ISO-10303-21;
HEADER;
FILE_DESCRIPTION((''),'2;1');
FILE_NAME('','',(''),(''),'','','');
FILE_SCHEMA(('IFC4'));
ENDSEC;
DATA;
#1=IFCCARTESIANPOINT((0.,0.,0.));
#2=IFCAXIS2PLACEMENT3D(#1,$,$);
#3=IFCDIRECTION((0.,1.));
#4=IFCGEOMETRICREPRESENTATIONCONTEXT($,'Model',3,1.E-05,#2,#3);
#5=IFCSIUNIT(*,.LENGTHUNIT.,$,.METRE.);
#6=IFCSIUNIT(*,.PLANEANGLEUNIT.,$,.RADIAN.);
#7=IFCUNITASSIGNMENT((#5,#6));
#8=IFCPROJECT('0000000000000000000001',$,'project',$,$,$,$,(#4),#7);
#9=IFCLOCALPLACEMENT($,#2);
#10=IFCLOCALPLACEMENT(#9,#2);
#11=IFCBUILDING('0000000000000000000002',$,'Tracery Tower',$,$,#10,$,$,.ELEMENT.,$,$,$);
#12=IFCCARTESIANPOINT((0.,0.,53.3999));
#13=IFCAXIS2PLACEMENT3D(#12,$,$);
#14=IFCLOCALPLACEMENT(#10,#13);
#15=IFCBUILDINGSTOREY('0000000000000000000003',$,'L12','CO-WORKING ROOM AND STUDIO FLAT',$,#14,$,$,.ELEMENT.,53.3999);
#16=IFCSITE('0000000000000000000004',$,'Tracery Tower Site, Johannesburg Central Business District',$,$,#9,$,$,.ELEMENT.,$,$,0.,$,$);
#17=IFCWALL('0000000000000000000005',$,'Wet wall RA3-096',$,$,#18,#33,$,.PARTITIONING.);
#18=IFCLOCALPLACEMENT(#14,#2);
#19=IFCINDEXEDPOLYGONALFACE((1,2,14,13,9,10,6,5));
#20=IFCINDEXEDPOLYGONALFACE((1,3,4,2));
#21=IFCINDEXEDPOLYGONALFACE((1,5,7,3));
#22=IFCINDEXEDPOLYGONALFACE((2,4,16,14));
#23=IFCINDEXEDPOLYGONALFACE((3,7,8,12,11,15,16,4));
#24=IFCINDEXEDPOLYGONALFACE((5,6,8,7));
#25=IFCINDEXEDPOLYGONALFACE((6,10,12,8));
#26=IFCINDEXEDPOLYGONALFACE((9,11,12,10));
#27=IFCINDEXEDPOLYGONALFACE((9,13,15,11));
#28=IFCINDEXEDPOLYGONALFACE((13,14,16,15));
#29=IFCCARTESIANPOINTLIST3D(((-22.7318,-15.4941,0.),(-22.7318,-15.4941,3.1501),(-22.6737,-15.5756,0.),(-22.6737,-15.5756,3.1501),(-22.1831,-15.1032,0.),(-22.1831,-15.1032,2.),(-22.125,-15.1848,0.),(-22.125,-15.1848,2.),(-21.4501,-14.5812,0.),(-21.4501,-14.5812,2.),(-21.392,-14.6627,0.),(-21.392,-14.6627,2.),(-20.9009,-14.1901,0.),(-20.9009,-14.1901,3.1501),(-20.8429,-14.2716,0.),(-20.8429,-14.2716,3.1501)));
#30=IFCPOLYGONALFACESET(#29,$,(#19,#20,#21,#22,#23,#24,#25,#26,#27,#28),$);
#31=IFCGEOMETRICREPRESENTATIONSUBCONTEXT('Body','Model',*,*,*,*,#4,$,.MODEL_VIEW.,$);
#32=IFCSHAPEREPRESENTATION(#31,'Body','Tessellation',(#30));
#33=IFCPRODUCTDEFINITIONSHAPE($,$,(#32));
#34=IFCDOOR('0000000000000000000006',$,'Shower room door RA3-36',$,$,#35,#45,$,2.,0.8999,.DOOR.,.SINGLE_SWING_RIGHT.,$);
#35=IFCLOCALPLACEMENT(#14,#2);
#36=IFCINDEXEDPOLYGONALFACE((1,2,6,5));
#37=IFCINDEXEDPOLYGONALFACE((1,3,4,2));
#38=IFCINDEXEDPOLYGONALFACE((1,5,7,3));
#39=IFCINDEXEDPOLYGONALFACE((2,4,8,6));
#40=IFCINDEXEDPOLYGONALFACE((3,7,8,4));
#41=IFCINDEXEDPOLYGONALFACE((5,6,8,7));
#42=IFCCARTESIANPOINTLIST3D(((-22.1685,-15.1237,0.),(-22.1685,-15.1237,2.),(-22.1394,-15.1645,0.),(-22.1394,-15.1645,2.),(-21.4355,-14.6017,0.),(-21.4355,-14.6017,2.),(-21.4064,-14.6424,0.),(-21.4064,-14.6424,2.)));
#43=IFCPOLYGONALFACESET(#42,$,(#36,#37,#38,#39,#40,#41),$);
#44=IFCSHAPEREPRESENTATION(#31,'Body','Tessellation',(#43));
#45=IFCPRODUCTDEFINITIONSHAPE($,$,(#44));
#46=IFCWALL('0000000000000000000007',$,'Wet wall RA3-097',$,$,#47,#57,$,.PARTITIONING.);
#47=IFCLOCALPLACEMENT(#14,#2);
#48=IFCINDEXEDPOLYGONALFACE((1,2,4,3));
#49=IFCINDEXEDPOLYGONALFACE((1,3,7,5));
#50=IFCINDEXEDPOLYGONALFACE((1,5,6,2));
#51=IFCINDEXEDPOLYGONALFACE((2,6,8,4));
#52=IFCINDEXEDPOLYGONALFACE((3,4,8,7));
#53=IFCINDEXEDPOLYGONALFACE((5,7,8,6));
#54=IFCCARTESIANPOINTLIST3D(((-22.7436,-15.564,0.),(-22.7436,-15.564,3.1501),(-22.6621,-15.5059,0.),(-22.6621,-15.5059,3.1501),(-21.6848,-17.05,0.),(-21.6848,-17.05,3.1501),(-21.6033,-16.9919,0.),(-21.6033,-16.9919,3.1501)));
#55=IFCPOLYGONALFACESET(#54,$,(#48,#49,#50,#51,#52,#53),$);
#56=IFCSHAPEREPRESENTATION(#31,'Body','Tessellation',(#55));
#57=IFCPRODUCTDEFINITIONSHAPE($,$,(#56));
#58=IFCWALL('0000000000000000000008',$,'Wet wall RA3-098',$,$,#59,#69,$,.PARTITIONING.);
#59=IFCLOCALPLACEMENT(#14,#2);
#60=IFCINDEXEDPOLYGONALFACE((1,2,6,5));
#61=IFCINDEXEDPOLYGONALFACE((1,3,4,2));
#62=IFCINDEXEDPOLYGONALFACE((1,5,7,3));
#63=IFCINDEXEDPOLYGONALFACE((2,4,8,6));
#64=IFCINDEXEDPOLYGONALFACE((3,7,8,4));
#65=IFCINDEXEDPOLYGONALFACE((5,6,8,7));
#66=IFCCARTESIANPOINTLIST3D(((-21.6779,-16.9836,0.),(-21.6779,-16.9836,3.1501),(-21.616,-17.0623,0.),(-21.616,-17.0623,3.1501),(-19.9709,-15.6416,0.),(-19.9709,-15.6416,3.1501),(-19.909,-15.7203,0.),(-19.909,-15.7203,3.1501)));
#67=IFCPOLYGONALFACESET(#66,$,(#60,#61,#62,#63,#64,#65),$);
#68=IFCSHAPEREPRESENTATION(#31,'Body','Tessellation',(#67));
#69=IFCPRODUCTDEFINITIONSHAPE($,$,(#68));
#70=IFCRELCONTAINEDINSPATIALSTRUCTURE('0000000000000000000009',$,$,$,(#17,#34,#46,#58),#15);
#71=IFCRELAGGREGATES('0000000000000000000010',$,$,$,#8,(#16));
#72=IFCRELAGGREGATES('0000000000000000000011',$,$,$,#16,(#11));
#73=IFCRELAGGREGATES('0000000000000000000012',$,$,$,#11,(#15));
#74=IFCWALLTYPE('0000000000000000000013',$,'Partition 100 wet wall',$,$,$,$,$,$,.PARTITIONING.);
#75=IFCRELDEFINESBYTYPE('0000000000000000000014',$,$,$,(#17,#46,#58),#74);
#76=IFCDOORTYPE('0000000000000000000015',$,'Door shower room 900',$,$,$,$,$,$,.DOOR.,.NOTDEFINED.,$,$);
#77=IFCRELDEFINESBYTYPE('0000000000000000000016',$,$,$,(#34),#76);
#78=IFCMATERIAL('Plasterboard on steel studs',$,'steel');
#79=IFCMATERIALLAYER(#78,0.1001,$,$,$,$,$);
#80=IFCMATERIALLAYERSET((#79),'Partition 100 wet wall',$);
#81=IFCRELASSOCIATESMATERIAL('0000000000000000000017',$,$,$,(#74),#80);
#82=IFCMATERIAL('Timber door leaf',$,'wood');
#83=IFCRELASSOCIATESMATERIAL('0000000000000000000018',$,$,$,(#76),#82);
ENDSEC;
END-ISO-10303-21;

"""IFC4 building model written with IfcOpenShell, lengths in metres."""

from ifc_helpers import new_model, si_unit, direction, frame, frame_2d, origin, place, context, subcontext, project, spatial, rectangle, extrude, material, layer, layer_set, type_object, element, fill, save


model = new_model("IFC4")

# Units and contexts
model_context = context("Model", 3, precision=1e-05, world=origin(), true_north=direction((0.0, 1.0)))
body_context = subcontext(model_context, "Body", "Model", "MODEL_VIEW")
ifc_project = project(units=[si_unit("LENGTHUNIT", "METRE"), si_unit("PLANEANGLEUNIT", "RADIAN")], contexts=[model_context])

# Site, building, storey
site_placement = place(None, origin())
site = spatial("IfcSite", under=ifc_project, at=site_placement, Name="Tracery Tower Site, Johannesburg Central Business District", CompositionType="ELEMENT", RefElevation=0.0)
building_placement = place(site_placement, origin())
building = spatial("IfcBuilding", under=site, at=building_placement, Name="Tracery Tower", CompositionType="ELEMENT")
storey_placement = place(building_placement, frame((0.0, 0.0, 53.3999)))
storey = spatial("IfcBuildingStorey", under=building, at=storey_placement, Name="L12", Description="CO-WORKING ROOM AND STUDIO FLAT", CompositionType="ELEMENT", Elevation=53.3999)

# Wall, opening, door
ifc_material_1 = material(Name="Plasterboard on steel studs", Category="steel")
ifc_layer_1 = layer(ifc_material_1, 0.1001)
ifc_layer_set_1 = layer_set([ifc_layer_1], Name="Partition 100 wet wall")
wall_type_1 = type_object("IfcWallType", Name="Partition 100 wet wall", PredefinedType="PARTITIONING", material=ifc_layer_set_1)
wall_1_placement = place(storey_placement, frame((-22.7029, -15.5349, 0.0), z_axis=(0.0, 0.0, 1.0), x_axis=(0.814525, 0.580128, 0.0)))
wall_1 = element("IfcWall", 1, at=wall_1_placement, inside=storey, type_object=wall_type_1, Name="Wet wall RA3-096", PredefinedType="PARTITIONING", context=body_context, shape_type="SweptSolid", body=[
    extrude(rectangle(XDim=2.2478, YDim=0.1001, at=frame_2d((1.124, 0.0))), origin(), (0.0, 0.0, 1.0), 3.1501),
])
opening_1_placement = place(wall_1_placement, frame((0.6738, 0.0, 0.0)))
opening_1 = element("IfcOpeningElement", 2, at=opening_1_placement, cuts=wall_1, PredefinedType="OPENING", context=body_context, shape_type="SweptSolid", body=[
    extrude(rectangle(XDim=0.8999, YDim=2.0, at=frame_2d((0.45, 1.0))), frame((0.0, 0.05, 0.0), z_axis=(0.0, -1.0, 0.0), x_axis=(1.0, 0.0, 0.0)), (0.0, 0.0, 1.0), 0.1001),
])
ifc_material_2 = material(Name="Timber door leaf", Category="wood")
door_type_1 = type_object("IfcDoorType", Name="Door shower room 900", OperationType="NOTDEFINED", PredefinedType="DOOR", material=ifc_material_2)
door_1_placement = place(opening_1_placement, origin())
door_1 = element("IfcDoor", 3, at=door_1_placement, inside=storey, type_object=door_type_1, Name="Shower room door RA3-36", OperationType="SINGLE_SWING_RIGHT", OverallHeight=2.0, OverallWidth=0.8999, PredefinedType="DOOR", context=body_context, shape_type="SweptSolid", body=[
    extrude(rectangle(XDim=0.8999, YDim=2.0, at=frame_2d((0.45, 1.0))), frame((0.0, 0.0249, 0.0), z_axis=(0.0, -1.0, 0.0), x_axis=(1.0, 0.0, 0.0)), (0.0, 0.0, 1.0), 0.05),
])
fill(opening_1, door_1)

# Walls
wall_2_placement = place(storey_placement, frame((-22.7029, -15.5349, 0.0), z_axis=(0.0, 0.0, 1.0), x_axis=(0.580276, -0.81442, 0.0)))
element("IfcWall", 4, at=wall_2_placement, inside=storey, type_object=wall_type_1, Name="Wet wall RA3-097", PredefinedType="PARTITIONING", context=body_context, shape_type="SweptSolid", body=[
    extrude(rectangle(XDim=1.8247, YDim=0.1001, at=frame_2d((0.9124, 0.0))), origin(), (0.0, 0.0, 1.0), 3.1501),
])
wall_3_placement = place(storey_placement, frame((-21.647, -17.0229, 0.0), z_axis=(0.0, 0.0, 1.0), x_axis=(0.786139, 0.61805, 0.0)))
element("IfcWall", 5, at=wall_3_placement, inside=storey, type_object=wall_type_1, Name="Wet wall RA3-098", PredefinedType="PARTITIONING", context=body_context, shape_type="SweptSolid", body=[
    extrude(rectangle(XDim=2.1714, YDim=0.1001, at=frame_2d((1.0857, 0.0))), origin(), (0.0, 0.0, 1.0), 3.1501),
])

save(model, "model.ifc")
